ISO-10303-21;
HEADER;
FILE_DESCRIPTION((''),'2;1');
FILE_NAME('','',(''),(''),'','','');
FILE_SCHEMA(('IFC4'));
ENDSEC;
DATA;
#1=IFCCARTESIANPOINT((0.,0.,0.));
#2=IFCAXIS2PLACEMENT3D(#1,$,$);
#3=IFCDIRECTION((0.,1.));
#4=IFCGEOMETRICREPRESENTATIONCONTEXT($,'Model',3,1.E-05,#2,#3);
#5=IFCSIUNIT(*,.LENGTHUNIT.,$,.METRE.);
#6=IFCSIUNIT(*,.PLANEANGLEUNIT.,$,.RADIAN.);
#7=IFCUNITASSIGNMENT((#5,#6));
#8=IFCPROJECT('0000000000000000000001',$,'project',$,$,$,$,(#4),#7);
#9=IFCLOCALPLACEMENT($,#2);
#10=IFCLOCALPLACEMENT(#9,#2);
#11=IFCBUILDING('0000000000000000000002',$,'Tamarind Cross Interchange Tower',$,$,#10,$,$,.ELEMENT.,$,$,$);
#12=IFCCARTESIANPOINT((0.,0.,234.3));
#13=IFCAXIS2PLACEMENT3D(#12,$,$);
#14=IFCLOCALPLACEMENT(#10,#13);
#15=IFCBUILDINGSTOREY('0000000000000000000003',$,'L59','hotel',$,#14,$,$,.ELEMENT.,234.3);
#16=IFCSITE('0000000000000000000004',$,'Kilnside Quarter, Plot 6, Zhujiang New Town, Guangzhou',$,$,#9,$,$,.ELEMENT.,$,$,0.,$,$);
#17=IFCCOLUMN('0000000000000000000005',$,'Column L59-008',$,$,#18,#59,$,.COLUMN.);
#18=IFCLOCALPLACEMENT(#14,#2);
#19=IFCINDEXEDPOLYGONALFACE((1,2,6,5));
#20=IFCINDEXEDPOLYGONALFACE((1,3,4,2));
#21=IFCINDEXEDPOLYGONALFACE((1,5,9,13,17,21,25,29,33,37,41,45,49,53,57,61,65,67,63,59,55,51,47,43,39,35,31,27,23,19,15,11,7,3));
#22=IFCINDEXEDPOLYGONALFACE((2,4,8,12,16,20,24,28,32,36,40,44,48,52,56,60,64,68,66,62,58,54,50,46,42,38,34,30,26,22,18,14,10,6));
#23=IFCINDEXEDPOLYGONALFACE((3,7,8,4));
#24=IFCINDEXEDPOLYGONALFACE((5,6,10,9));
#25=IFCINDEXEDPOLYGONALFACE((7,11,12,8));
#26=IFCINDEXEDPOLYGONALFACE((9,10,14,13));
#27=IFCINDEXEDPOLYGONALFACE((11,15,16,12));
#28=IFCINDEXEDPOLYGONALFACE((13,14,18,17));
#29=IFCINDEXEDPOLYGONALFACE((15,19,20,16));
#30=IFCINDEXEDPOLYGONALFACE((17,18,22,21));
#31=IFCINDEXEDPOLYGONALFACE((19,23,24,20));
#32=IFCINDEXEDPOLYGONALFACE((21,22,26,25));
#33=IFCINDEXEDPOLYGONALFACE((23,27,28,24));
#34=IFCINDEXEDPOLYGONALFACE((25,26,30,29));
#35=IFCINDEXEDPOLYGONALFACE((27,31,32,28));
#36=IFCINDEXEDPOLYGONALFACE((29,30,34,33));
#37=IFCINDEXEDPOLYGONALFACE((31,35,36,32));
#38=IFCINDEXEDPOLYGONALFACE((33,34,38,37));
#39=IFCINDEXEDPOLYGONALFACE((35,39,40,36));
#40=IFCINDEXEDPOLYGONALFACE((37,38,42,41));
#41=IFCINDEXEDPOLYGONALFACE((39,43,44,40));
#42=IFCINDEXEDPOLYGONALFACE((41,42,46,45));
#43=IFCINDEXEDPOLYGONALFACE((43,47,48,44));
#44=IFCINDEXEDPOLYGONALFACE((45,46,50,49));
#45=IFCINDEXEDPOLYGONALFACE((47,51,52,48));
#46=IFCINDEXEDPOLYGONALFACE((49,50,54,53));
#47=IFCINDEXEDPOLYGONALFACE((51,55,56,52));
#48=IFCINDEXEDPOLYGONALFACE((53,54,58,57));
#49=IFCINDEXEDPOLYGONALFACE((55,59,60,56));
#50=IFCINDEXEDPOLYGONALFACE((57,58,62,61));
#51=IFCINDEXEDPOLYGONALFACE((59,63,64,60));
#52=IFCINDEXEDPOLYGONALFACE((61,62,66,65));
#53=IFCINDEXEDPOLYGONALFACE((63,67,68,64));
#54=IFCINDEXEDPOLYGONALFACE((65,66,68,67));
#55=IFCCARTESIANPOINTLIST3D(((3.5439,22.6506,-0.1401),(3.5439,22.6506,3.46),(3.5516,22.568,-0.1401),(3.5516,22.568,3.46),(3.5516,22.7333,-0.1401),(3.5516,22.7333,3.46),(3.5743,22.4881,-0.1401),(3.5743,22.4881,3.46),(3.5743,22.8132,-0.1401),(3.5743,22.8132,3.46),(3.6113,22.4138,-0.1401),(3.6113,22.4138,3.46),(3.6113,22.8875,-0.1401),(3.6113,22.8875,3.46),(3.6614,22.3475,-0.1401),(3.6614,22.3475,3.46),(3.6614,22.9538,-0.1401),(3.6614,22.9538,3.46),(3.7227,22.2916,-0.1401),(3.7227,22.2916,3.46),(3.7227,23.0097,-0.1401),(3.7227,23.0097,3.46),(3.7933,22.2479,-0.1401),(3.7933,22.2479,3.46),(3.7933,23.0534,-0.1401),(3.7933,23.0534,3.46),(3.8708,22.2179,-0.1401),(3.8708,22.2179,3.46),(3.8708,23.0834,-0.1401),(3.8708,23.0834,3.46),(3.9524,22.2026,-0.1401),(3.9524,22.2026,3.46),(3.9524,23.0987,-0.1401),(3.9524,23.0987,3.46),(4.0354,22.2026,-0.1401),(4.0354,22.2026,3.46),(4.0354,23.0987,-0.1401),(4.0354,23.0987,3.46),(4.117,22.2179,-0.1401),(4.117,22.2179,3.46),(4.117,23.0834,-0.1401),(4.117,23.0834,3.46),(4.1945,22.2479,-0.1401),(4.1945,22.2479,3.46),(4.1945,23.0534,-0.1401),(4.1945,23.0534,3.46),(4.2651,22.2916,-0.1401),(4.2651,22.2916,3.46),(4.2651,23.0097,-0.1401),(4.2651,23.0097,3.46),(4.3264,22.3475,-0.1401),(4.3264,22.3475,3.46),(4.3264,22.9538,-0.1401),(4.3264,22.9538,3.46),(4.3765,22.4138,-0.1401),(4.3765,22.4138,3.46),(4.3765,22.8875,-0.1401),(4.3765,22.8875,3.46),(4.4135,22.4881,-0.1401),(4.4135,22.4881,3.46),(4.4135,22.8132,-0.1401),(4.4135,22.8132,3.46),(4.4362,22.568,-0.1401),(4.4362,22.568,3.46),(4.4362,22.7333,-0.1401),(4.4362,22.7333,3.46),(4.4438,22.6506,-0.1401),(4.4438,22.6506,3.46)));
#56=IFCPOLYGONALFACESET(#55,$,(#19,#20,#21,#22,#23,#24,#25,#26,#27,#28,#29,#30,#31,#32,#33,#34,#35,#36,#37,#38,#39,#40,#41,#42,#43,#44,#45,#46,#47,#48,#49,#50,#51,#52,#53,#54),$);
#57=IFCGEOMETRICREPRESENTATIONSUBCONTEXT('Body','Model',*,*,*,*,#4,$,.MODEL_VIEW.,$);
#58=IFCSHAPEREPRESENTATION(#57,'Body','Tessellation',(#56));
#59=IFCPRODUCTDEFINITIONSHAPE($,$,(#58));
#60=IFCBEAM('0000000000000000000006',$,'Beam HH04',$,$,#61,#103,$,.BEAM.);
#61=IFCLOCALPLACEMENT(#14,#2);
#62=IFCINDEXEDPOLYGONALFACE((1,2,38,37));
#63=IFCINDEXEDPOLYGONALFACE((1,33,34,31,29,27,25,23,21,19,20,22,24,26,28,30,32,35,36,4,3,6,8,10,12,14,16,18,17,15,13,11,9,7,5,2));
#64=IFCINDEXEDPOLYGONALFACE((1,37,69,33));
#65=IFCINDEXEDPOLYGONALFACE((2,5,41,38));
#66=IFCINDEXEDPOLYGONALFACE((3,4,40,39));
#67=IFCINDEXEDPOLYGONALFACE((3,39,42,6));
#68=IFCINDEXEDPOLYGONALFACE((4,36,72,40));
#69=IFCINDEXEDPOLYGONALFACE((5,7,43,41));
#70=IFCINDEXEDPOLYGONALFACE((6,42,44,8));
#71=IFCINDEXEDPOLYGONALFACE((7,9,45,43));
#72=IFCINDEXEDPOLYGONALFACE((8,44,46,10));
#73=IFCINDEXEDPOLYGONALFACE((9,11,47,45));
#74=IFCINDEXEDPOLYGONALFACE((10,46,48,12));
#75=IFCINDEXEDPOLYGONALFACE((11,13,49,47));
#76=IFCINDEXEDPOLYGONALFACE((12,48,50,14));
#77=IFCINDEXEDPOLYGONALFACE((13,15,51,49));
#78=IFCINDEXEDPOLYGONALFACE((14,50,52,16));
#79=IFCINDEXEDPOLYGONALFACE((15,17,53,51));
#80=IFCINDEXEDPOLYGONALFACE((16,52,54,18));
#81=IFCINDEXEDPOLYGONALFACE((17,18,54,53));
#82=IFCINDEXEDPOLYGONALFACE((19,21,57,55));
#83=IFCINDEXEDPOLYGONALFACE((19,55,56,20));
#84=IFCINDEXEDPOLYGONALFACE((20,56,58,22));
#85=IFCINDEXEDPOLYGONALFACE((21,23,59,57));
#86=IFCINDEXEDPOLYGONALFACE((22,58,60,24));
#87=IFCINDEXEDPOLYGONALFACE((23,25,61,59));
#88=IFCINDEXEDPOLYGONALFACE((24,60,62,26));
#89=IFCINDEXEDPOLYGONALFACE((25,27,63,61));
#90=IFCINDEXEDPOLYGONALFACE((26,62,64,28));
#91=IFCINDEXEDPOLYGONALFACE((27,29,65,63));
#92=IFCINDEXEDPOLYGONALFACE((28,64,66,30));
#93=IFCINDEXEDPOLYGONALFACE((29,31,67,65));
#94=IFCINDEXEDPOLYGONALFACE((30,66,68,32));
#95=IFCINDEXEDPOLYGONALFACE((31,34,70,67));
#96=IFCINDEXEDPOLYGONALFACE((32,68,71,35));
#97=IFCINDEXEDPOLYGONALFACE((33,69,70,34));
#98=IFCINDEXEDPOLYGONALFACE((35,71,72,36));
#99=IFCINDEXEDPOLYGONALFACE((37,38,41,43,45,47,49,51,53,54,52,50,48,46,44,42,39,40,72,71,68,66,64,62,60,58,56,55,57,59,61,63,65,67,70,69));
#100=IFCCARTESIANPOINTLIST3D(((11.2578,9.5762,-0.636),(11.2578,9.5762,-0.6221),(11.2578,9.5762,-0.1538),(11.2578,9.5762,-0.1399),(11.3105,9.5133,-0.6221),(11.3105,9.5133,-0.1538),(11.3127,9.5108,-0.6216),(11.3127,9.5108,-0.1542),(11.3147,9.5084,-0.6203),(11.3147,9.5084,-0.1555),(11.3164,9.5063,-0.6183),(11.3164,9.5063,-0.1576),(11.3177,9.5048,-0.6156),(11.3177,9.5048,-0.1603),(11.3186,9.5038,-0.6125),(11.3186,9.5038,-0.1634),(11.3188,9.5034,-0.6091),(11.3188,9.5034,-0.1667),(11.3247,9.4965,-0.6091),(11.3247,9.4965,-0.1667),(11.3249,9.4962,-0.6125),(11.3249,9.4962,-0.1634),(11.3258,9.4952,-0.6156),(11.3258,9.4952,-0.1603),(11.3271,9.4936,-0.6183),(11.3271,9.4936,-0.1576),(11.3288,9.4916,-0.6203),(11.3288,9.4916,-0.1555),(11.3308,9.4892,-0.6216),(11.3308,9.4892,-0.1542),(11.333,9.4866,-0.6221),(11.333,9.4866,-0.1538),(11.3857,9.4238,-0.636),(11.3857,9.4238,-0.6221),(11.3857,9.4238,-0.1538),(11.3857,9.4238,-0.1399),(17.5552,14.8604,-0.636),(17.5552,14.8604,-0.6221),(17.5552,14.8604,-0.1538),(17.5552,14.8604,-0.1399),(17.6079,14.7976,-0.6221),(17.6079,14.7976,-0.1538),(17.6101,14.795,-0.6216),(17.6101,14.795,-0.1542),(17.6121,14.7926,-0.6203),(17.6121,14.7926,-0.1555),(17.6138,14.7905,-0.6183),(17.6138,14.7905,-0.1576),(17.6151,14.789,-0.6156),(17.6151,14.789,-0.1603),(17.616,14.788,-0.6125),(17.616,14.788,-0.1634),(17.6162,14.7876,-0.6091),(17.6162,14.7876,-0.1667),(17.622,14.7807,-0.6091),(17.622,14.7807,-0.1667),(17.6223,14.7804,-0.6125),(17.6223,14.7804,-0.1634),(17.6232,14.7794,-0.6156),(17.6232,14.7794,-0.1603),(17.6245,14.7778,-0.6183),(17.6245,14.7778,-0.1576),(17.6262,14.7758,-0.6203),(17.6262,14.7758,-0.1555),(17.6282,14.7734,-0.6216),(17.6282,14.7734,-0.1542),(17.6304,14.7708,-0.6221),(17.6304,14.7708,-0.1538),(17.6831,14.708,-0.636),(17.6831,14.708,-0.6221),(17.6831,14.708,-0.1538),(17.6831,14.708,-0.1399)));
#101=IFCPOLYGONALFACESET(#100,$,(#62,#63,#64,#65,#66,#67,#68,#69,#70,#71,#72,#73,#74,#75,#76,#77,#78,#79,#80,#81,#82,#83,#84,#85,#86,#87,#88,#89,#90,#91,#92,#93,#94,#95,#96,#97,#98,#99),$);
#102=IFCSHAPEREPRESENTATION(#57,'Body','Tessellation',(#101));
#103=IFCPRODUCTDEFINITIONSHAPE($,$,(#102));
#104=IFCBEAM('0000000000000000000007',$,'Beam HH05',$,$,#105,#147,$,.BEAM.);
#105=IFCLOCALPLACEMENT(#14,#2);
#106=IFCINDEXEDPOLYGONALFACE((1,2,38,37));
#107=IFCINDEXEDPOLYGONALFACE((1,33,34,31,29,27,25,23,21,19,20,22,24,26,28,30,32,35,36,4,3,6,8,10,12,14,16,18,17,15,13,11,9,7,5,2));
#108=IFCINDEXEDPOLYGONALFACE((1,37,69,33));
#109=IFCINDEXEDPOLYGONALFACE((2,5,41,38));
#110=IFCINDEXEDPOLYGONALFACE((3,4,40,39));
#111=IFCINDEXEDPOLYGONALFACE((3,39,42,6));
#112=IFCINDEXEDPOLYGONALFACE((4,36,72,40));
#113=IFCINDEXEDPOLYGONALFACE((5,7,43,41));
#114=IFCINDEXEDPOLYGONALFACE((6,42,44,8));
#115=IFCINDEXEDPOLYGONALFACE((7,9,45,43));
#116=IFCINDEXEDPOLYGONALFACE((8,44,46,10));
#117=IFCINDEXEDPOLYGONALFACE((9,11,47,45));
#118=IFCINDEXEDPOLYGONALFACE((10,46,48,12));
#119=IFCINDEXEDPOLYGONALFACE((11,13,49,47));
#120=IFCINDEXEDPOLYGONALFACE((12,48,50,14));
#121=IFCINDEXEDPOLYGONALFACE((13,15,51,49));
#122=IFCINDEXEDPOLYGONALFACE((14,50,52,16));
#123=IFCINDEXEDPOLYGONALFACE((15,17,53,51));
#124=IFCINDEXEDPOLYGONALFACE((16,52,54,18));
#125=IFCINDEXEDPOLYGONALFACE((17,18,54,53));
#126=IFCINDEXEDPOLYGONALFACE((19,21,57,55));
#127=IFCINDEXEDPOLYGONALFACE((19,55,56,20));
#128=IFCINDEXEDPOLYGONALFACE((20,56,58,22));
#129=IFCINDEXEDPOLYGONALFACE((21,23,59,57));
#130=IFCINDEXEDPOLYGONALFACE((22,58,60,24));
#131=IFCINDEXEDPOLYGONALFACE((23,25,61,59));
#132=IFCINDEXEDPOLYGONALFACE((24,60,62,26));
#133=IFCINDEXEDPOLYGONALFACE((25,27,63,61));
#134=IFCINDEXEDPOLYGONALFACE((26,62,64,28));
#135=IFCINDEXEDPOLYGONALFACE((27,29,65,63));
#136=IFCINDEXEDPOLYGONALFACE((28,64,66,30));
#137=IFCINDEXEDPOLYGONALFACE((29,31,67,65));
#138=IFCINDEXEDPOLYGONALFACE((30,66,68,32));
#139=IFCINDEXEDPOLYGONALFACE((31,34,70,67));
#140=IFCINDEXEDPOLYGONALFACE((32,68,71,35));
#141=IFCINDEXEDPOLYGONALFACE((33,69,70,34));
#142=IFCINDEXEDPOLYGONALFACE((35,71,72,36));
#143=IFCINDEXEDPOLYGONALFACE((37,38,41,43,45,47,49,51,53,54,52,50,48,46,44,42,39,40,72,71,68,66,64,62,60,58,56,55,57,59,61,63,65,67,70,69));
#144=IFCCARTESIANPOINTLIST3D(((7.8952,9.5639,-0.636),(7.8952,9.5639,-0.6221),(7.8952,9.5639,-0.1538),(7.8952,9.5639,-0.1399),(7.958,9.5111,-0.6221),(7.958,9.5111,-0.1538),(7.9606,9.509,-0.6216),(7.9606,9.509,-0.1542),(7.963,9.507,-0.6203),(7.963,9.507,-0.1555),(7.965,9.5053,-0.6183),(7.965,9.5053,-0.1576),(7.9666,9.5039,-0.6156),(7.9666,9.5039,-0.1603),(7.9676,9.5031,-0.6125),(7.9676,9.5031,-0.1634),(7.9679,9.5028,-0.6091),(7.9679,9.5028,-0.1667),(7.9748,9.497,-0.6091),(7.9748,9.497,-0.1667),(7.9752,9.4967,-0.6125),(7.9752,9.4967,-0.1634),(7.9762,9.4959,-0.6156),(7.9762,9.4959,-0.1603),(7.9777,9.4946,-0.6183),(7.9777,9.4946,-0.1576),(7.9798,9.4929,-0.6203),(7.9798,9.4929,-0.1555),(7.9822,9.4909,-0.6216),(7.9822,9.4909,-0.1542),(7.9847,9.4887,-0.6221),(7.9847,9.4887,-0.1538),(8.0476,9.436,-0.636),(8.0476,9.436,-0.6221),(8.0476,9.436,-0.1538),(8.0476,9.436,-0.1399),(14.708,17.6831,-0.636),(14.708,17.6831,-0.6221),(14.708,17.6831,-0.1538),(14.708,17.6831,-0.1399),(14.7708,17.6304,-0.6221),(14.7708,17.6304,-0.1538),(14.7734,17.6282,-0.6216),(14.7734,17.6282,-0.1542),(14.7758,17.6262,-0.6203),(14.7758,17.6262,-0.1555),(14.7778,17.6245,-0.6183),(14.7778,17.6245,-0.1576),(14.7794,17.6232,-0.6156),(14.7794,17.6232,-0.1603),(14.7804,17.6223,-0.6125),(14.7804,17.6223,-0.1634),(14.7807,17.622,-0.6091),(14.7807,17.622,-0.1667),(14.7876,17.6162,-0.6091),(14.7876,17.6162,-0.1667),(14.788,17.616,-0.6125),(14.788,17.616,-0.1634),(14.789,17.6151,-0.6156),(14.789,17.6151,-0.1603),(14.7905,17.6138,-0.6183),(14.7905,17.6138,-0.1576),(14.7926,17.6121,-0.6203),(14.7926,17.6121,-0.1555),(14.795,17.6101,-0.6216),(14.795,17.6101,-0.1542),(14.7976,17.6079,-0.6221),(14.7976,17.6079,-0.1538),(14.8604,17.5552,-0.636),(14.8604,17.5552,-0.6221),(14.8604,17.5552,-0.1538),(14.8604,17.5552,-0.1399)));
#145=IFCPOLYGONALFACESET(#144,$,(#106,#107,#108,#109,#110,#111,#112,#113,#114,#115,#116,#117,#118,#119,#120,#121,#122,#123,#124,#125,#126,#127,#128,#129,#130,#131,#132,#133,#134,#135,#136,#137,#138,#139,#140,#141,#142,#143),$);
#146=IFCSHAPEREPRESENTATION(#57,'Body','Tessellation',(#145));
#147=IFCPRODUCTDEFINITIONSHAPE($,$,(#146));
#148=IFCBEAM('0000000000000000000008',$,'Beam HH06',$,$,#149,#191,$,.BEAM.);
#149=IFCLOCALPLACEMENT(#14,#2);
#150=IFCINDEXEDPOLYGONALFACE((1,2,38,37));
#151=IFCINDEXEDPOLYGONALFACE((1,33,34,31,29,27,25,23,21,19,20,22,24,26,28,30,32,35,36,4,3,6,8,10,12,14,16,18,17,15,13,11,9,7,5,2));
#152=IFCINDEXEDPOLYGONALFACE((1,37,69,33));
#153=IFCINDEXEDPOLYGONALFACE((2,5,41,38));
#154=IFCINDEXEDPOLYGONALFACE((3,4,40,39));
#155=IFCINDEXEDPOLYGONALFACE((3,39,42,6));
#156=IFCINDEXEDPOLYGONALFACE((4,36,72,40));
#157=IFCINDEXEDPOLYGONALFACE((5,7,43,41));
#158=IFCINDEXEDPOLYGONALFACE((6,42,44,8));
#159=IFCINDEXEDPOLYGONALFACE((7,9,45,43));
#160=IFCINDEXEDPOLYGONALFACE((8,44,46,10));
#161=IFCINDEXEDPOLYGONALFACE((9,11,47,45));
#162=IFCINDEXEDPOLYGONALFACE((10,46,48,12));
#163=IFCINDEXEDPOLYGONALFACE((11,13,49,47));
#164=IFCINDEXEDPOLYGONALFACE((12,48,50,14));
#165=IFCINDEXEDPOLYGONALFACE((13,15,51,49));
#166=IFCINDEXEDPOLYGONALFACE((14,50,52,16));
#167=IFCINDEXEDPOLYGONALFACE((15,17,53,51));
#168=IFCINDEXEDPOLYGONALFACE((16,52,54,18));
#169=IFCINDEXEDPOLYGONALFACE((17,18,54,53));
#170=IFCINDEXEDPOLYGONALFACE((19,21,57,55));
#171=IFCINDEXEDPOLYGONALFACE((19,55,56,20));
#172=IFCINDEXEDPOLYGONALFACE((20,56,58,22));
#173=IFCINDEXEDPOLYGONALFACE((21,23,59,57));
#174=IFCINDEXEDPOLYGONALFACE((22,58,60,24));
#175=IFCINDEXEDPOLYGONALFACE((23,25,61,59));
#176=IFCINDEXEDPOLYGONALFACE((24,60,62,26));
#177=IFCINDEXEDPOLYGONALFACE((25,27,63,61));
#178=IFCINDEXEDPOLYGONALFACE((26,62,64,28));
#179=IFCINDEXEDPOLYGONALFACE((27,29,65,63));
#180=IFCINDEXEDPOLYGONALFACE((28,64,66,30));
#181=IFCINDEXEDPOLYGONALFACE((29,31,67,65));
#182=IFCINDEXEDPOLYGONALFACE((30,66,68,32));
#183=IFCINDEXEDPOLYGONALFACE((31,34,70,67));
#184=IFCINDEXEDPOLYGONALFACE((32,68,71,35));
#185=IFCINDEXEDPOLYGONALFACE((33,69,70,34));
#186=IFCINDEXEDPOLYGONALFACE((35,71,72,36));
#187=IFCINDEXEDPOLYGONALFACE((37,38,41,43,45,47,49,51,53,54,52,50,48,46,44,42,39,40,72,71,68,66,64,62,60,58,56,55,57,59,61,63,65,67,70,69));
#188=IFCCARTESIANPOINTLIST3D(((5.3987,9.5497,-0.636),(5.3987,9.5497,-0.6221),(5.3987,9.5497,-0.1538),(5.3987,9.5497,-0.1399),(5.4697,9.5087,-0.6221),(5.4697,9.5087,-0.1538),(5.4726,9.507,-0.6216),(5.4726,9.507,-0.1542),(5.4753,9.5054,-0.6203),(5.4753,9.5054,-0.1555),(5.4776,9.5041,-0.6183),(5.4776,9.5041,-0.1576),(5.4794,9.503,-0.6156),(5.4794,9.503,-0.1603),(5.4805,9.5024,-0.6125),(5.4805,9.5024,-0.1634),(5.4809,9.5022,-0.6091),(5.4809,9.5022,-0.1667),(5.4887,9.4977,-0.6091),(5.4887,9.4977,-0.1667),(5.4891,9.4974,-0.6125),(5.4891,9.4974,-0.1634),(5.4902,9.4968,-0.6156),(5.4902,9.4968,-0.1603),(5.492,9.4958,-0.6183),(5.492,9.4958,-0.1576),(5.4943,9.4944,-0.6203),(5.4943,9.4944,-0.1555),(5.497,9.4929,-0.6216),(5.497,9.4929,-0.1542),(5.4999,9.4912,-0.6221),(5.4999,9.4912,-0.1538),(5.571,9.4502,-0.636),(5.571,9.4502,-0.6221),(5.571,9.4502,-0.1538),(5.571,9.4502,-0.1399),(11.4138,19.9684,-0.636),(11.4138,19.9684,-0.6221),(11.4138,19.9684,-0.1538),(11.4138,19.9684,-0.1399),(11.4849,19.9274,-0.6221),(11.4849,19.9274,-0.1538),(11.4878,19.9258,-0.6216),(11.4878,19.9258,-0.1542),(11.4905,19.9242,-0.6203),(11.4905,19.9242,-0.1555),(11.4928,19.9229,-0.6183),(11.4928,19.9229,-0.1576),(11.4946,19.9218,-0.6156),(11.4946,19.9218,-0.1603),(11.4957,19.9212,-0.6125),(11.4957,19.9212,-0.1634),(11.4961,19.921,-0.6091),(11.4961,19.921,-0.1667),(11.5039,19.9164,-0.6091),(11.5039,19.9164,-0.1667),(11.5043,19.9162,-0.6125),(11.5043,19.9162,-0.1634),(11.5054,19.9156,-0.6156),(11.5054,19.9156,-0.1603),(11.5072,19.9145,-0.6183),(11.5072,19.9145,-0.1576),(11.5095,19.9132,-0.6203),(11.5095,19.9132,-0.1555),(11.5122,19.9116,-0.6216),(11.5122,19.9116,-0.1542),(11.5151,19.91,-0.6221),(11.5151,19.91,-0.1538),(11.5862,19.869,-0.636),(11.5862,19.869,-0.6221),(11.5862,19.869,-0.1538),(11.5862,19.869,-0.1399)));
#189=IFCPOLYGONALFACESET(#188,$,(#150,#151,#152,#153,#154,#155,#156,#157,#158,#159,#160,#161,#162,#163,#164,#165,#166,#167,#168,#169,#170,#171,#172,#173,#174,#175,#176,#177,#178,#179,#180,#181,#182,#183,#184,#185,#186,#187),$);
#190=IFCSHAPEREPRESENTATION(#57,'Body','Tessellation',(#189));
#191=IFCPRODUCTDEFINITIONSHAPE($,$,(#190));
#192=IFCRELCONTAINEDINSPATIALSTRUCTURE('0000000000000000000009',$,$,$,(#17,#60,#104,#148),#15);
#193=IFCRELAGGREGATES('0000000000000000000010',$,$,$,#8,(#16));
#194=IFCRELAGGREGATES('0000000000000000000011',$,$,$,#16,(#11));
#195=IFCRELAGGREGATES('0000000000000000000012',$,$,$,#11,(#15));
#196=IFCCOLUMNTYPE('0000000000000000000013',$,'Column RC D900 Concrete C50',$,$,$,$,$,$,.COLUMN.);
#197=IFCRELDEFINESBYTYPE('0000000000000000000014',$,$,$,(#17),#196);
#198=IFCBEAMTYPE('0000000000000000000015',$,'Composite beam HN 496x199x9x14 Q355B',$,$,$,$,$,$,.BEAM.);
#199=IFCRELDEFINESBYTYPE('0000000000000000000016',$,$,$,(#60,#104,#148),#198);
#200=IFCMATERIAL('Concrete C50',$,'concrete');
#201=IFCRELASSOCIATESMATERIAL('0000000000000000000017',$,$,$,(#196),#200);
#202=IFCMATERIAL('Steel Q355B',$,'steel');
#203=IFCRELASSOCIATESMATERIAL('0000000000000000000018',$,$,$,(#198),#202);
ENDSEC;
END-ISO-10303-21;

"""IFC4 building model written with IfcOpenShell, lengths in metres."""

from ifc_helpers import new_model, si_unit, direction, frame, origin, origin_2d, place, context, subcontext, project, spatial, circle, i_section, extrude, material, material_profile, profile_set, type_object, element, save


model = new_model("IFC4")

# Units and contexts
model_context = context("Model", 3, precision=1e-05, world=origin(), true_north=direction((0.0, 1.0)))
body_context = subcontext(model_context, "Body", "Model", "MODEL_VIEW")
ifc_project = project(units=[si_unit("LENGTHUNIT", "METRE"), si_unit("PLANEANGLEUNIT", "RADIAN")], contexts=[model_context])

# Site, building, storey
site_placement = place(None, origin())
site = spatial("IfcSite", under=ifc_project, at=site_placement, Name="Kilnside Quarter, Plot 6, Zhujiang New Town, Guangzhou", CompositionType="ELEMENT", RefElevation=0.0)
building_placement = place(site_placement, origin())
building = spatial("IfcBuilding", under=site, at=building_placement, Name="Tamarind Cross Interchange Tower", CompositionType="ELEMENT")
storey_placement = place(building_placement, frame((0.0, 0.0, 234.3)))
storey = spatial("IfcBuildingStorey", under=building, at=storey_placement, Name="L59", Description="hotel", CompositionType="ELEMENT", Elevation=234.3)

# Column
ifc_material_1 = material(Name="Concrete C50", Category="concrete")
ifc_material_profile_1 = material_profile(ifc_material_1, circle(Radius=0.45, at=origin_2d()), Name="RC D900")
ifc_profile_set_1 = profile_set([ifc_material_profile_1], Name="Concrete C50")
column_type = type_object("IfcColumnType", Name="Column RC D900 Concrete C50", PredefinedType="COLUMN", material=ifc_profile_set_1)
for number, where, z_axis, x_axis, name in (
    (1, (3.9939, 22.6506, -0.1401), (0.0, 0.0, 1.0), (1.0, 0.0, 0.0), "Column L59-008"),
):
    element("IfcColumn", number, at=place(storey_placement, frame(where, z_axis=z_axis, x_axis=x_axis)), inside=storey, type_object=column_type, Name=name, PredefinedType="COLUMN", context=body_context, shape_type="SweptSolid", body=[
        extrude(circle(Radius=0.45, at=origin_2d()), origin(), (0.0, 0.0, 1.0), 3.6001),
    ])

# Beams
ifc_material_2 = material(Name="Steel Q355B", Category="steel")
ifc_material_profile_2 = material_profile(ifc_material_2, i_section(OverallWidth=0.199, OverallDepth=0.4961, WebThickness=0.009, FlangeThickness=0.0139, FilletRadius=0.0129, at=origin_2d()), Name="HN 496x199x9x14")
ifc_profile_set_2 = profile_set([ifc_material_profile_2], Name="Steel Q355B")
beam_type = type_object("IfcBeamType", Name="Composite beam HN 496x199x9x14 Q355B", PredefinedType="BEAM", material=ifc_profile_set_2)
beam_1_placement = place(storey_placement, frame((17.6191, 14.7842, -0.3879), z_axis=(-0.766041, -0.642792, 0.0), x_axis=(0.642792, -0.766041, 0.0)))
element("IfcBeam", 2, at=beam_1_placement, inside=storey, type_object=beam_type, Name="Beam HH04", PredefinedType="BEAM", context=body_context, shape_type="SweptSolid", body=[
    extrude(i_section(OverallWidth=0.199, OverallDepth=0.4961, WebThickness=0.009, FlangeThickness=0.0139, FilletRadius=0.0129, at=origin_2d()), origin(), (0.0, 0.0, 1.0), 8.2207),
])
beam_2_placement = place(storey_placement, frame((14.7842, 17.6191, -0.3879), z_axis=(-0.642786, -0.766046, 0.0), x_axis=(0.766046, -0.642786, 0.0)))
element("IfcBeam", 3, at=beam_2_placement, inside=storey, type_object=beam_type, Name="Beam HH05", PredefinedType="BEAM", context=body_context, shape_type="SweptSolid", body=[
    extrude(i_section(OverallWidth=0.199, OverallDepth=0.4961, WebThickness=0.009, FlangeThickness=0.0139, FilletRadius=0.0129, at=origin_2d()), origin(), (0.0, 0.0, 1.0), 10.5989),
])
beam_3_placement = place(storey_placement, frame((11.5, 19.9187, -0.3879), z_axis=(-0.499994, -0.866029, 0.0), x_axis=(0.866029, -0.499994, 0.0)))
element("IfcBeam", 4, at=beam_3_placement, inside=storey, type_object=beam_type, Name="Beam HH06", PredefinedType="BEAM", context=body_context, shape_type="SweptSolid", body=[
    extrude(i_section(OverallWidth=0.199, OverallDepth=0.4961, WebThickness=0.009, FlangeThickness=0.0139, FilletRadius=0.0129, at=origin_2d()), origin(), (0.0, 0.0, 1.0), 12.0305),
])

save(model, "model.ifc")
